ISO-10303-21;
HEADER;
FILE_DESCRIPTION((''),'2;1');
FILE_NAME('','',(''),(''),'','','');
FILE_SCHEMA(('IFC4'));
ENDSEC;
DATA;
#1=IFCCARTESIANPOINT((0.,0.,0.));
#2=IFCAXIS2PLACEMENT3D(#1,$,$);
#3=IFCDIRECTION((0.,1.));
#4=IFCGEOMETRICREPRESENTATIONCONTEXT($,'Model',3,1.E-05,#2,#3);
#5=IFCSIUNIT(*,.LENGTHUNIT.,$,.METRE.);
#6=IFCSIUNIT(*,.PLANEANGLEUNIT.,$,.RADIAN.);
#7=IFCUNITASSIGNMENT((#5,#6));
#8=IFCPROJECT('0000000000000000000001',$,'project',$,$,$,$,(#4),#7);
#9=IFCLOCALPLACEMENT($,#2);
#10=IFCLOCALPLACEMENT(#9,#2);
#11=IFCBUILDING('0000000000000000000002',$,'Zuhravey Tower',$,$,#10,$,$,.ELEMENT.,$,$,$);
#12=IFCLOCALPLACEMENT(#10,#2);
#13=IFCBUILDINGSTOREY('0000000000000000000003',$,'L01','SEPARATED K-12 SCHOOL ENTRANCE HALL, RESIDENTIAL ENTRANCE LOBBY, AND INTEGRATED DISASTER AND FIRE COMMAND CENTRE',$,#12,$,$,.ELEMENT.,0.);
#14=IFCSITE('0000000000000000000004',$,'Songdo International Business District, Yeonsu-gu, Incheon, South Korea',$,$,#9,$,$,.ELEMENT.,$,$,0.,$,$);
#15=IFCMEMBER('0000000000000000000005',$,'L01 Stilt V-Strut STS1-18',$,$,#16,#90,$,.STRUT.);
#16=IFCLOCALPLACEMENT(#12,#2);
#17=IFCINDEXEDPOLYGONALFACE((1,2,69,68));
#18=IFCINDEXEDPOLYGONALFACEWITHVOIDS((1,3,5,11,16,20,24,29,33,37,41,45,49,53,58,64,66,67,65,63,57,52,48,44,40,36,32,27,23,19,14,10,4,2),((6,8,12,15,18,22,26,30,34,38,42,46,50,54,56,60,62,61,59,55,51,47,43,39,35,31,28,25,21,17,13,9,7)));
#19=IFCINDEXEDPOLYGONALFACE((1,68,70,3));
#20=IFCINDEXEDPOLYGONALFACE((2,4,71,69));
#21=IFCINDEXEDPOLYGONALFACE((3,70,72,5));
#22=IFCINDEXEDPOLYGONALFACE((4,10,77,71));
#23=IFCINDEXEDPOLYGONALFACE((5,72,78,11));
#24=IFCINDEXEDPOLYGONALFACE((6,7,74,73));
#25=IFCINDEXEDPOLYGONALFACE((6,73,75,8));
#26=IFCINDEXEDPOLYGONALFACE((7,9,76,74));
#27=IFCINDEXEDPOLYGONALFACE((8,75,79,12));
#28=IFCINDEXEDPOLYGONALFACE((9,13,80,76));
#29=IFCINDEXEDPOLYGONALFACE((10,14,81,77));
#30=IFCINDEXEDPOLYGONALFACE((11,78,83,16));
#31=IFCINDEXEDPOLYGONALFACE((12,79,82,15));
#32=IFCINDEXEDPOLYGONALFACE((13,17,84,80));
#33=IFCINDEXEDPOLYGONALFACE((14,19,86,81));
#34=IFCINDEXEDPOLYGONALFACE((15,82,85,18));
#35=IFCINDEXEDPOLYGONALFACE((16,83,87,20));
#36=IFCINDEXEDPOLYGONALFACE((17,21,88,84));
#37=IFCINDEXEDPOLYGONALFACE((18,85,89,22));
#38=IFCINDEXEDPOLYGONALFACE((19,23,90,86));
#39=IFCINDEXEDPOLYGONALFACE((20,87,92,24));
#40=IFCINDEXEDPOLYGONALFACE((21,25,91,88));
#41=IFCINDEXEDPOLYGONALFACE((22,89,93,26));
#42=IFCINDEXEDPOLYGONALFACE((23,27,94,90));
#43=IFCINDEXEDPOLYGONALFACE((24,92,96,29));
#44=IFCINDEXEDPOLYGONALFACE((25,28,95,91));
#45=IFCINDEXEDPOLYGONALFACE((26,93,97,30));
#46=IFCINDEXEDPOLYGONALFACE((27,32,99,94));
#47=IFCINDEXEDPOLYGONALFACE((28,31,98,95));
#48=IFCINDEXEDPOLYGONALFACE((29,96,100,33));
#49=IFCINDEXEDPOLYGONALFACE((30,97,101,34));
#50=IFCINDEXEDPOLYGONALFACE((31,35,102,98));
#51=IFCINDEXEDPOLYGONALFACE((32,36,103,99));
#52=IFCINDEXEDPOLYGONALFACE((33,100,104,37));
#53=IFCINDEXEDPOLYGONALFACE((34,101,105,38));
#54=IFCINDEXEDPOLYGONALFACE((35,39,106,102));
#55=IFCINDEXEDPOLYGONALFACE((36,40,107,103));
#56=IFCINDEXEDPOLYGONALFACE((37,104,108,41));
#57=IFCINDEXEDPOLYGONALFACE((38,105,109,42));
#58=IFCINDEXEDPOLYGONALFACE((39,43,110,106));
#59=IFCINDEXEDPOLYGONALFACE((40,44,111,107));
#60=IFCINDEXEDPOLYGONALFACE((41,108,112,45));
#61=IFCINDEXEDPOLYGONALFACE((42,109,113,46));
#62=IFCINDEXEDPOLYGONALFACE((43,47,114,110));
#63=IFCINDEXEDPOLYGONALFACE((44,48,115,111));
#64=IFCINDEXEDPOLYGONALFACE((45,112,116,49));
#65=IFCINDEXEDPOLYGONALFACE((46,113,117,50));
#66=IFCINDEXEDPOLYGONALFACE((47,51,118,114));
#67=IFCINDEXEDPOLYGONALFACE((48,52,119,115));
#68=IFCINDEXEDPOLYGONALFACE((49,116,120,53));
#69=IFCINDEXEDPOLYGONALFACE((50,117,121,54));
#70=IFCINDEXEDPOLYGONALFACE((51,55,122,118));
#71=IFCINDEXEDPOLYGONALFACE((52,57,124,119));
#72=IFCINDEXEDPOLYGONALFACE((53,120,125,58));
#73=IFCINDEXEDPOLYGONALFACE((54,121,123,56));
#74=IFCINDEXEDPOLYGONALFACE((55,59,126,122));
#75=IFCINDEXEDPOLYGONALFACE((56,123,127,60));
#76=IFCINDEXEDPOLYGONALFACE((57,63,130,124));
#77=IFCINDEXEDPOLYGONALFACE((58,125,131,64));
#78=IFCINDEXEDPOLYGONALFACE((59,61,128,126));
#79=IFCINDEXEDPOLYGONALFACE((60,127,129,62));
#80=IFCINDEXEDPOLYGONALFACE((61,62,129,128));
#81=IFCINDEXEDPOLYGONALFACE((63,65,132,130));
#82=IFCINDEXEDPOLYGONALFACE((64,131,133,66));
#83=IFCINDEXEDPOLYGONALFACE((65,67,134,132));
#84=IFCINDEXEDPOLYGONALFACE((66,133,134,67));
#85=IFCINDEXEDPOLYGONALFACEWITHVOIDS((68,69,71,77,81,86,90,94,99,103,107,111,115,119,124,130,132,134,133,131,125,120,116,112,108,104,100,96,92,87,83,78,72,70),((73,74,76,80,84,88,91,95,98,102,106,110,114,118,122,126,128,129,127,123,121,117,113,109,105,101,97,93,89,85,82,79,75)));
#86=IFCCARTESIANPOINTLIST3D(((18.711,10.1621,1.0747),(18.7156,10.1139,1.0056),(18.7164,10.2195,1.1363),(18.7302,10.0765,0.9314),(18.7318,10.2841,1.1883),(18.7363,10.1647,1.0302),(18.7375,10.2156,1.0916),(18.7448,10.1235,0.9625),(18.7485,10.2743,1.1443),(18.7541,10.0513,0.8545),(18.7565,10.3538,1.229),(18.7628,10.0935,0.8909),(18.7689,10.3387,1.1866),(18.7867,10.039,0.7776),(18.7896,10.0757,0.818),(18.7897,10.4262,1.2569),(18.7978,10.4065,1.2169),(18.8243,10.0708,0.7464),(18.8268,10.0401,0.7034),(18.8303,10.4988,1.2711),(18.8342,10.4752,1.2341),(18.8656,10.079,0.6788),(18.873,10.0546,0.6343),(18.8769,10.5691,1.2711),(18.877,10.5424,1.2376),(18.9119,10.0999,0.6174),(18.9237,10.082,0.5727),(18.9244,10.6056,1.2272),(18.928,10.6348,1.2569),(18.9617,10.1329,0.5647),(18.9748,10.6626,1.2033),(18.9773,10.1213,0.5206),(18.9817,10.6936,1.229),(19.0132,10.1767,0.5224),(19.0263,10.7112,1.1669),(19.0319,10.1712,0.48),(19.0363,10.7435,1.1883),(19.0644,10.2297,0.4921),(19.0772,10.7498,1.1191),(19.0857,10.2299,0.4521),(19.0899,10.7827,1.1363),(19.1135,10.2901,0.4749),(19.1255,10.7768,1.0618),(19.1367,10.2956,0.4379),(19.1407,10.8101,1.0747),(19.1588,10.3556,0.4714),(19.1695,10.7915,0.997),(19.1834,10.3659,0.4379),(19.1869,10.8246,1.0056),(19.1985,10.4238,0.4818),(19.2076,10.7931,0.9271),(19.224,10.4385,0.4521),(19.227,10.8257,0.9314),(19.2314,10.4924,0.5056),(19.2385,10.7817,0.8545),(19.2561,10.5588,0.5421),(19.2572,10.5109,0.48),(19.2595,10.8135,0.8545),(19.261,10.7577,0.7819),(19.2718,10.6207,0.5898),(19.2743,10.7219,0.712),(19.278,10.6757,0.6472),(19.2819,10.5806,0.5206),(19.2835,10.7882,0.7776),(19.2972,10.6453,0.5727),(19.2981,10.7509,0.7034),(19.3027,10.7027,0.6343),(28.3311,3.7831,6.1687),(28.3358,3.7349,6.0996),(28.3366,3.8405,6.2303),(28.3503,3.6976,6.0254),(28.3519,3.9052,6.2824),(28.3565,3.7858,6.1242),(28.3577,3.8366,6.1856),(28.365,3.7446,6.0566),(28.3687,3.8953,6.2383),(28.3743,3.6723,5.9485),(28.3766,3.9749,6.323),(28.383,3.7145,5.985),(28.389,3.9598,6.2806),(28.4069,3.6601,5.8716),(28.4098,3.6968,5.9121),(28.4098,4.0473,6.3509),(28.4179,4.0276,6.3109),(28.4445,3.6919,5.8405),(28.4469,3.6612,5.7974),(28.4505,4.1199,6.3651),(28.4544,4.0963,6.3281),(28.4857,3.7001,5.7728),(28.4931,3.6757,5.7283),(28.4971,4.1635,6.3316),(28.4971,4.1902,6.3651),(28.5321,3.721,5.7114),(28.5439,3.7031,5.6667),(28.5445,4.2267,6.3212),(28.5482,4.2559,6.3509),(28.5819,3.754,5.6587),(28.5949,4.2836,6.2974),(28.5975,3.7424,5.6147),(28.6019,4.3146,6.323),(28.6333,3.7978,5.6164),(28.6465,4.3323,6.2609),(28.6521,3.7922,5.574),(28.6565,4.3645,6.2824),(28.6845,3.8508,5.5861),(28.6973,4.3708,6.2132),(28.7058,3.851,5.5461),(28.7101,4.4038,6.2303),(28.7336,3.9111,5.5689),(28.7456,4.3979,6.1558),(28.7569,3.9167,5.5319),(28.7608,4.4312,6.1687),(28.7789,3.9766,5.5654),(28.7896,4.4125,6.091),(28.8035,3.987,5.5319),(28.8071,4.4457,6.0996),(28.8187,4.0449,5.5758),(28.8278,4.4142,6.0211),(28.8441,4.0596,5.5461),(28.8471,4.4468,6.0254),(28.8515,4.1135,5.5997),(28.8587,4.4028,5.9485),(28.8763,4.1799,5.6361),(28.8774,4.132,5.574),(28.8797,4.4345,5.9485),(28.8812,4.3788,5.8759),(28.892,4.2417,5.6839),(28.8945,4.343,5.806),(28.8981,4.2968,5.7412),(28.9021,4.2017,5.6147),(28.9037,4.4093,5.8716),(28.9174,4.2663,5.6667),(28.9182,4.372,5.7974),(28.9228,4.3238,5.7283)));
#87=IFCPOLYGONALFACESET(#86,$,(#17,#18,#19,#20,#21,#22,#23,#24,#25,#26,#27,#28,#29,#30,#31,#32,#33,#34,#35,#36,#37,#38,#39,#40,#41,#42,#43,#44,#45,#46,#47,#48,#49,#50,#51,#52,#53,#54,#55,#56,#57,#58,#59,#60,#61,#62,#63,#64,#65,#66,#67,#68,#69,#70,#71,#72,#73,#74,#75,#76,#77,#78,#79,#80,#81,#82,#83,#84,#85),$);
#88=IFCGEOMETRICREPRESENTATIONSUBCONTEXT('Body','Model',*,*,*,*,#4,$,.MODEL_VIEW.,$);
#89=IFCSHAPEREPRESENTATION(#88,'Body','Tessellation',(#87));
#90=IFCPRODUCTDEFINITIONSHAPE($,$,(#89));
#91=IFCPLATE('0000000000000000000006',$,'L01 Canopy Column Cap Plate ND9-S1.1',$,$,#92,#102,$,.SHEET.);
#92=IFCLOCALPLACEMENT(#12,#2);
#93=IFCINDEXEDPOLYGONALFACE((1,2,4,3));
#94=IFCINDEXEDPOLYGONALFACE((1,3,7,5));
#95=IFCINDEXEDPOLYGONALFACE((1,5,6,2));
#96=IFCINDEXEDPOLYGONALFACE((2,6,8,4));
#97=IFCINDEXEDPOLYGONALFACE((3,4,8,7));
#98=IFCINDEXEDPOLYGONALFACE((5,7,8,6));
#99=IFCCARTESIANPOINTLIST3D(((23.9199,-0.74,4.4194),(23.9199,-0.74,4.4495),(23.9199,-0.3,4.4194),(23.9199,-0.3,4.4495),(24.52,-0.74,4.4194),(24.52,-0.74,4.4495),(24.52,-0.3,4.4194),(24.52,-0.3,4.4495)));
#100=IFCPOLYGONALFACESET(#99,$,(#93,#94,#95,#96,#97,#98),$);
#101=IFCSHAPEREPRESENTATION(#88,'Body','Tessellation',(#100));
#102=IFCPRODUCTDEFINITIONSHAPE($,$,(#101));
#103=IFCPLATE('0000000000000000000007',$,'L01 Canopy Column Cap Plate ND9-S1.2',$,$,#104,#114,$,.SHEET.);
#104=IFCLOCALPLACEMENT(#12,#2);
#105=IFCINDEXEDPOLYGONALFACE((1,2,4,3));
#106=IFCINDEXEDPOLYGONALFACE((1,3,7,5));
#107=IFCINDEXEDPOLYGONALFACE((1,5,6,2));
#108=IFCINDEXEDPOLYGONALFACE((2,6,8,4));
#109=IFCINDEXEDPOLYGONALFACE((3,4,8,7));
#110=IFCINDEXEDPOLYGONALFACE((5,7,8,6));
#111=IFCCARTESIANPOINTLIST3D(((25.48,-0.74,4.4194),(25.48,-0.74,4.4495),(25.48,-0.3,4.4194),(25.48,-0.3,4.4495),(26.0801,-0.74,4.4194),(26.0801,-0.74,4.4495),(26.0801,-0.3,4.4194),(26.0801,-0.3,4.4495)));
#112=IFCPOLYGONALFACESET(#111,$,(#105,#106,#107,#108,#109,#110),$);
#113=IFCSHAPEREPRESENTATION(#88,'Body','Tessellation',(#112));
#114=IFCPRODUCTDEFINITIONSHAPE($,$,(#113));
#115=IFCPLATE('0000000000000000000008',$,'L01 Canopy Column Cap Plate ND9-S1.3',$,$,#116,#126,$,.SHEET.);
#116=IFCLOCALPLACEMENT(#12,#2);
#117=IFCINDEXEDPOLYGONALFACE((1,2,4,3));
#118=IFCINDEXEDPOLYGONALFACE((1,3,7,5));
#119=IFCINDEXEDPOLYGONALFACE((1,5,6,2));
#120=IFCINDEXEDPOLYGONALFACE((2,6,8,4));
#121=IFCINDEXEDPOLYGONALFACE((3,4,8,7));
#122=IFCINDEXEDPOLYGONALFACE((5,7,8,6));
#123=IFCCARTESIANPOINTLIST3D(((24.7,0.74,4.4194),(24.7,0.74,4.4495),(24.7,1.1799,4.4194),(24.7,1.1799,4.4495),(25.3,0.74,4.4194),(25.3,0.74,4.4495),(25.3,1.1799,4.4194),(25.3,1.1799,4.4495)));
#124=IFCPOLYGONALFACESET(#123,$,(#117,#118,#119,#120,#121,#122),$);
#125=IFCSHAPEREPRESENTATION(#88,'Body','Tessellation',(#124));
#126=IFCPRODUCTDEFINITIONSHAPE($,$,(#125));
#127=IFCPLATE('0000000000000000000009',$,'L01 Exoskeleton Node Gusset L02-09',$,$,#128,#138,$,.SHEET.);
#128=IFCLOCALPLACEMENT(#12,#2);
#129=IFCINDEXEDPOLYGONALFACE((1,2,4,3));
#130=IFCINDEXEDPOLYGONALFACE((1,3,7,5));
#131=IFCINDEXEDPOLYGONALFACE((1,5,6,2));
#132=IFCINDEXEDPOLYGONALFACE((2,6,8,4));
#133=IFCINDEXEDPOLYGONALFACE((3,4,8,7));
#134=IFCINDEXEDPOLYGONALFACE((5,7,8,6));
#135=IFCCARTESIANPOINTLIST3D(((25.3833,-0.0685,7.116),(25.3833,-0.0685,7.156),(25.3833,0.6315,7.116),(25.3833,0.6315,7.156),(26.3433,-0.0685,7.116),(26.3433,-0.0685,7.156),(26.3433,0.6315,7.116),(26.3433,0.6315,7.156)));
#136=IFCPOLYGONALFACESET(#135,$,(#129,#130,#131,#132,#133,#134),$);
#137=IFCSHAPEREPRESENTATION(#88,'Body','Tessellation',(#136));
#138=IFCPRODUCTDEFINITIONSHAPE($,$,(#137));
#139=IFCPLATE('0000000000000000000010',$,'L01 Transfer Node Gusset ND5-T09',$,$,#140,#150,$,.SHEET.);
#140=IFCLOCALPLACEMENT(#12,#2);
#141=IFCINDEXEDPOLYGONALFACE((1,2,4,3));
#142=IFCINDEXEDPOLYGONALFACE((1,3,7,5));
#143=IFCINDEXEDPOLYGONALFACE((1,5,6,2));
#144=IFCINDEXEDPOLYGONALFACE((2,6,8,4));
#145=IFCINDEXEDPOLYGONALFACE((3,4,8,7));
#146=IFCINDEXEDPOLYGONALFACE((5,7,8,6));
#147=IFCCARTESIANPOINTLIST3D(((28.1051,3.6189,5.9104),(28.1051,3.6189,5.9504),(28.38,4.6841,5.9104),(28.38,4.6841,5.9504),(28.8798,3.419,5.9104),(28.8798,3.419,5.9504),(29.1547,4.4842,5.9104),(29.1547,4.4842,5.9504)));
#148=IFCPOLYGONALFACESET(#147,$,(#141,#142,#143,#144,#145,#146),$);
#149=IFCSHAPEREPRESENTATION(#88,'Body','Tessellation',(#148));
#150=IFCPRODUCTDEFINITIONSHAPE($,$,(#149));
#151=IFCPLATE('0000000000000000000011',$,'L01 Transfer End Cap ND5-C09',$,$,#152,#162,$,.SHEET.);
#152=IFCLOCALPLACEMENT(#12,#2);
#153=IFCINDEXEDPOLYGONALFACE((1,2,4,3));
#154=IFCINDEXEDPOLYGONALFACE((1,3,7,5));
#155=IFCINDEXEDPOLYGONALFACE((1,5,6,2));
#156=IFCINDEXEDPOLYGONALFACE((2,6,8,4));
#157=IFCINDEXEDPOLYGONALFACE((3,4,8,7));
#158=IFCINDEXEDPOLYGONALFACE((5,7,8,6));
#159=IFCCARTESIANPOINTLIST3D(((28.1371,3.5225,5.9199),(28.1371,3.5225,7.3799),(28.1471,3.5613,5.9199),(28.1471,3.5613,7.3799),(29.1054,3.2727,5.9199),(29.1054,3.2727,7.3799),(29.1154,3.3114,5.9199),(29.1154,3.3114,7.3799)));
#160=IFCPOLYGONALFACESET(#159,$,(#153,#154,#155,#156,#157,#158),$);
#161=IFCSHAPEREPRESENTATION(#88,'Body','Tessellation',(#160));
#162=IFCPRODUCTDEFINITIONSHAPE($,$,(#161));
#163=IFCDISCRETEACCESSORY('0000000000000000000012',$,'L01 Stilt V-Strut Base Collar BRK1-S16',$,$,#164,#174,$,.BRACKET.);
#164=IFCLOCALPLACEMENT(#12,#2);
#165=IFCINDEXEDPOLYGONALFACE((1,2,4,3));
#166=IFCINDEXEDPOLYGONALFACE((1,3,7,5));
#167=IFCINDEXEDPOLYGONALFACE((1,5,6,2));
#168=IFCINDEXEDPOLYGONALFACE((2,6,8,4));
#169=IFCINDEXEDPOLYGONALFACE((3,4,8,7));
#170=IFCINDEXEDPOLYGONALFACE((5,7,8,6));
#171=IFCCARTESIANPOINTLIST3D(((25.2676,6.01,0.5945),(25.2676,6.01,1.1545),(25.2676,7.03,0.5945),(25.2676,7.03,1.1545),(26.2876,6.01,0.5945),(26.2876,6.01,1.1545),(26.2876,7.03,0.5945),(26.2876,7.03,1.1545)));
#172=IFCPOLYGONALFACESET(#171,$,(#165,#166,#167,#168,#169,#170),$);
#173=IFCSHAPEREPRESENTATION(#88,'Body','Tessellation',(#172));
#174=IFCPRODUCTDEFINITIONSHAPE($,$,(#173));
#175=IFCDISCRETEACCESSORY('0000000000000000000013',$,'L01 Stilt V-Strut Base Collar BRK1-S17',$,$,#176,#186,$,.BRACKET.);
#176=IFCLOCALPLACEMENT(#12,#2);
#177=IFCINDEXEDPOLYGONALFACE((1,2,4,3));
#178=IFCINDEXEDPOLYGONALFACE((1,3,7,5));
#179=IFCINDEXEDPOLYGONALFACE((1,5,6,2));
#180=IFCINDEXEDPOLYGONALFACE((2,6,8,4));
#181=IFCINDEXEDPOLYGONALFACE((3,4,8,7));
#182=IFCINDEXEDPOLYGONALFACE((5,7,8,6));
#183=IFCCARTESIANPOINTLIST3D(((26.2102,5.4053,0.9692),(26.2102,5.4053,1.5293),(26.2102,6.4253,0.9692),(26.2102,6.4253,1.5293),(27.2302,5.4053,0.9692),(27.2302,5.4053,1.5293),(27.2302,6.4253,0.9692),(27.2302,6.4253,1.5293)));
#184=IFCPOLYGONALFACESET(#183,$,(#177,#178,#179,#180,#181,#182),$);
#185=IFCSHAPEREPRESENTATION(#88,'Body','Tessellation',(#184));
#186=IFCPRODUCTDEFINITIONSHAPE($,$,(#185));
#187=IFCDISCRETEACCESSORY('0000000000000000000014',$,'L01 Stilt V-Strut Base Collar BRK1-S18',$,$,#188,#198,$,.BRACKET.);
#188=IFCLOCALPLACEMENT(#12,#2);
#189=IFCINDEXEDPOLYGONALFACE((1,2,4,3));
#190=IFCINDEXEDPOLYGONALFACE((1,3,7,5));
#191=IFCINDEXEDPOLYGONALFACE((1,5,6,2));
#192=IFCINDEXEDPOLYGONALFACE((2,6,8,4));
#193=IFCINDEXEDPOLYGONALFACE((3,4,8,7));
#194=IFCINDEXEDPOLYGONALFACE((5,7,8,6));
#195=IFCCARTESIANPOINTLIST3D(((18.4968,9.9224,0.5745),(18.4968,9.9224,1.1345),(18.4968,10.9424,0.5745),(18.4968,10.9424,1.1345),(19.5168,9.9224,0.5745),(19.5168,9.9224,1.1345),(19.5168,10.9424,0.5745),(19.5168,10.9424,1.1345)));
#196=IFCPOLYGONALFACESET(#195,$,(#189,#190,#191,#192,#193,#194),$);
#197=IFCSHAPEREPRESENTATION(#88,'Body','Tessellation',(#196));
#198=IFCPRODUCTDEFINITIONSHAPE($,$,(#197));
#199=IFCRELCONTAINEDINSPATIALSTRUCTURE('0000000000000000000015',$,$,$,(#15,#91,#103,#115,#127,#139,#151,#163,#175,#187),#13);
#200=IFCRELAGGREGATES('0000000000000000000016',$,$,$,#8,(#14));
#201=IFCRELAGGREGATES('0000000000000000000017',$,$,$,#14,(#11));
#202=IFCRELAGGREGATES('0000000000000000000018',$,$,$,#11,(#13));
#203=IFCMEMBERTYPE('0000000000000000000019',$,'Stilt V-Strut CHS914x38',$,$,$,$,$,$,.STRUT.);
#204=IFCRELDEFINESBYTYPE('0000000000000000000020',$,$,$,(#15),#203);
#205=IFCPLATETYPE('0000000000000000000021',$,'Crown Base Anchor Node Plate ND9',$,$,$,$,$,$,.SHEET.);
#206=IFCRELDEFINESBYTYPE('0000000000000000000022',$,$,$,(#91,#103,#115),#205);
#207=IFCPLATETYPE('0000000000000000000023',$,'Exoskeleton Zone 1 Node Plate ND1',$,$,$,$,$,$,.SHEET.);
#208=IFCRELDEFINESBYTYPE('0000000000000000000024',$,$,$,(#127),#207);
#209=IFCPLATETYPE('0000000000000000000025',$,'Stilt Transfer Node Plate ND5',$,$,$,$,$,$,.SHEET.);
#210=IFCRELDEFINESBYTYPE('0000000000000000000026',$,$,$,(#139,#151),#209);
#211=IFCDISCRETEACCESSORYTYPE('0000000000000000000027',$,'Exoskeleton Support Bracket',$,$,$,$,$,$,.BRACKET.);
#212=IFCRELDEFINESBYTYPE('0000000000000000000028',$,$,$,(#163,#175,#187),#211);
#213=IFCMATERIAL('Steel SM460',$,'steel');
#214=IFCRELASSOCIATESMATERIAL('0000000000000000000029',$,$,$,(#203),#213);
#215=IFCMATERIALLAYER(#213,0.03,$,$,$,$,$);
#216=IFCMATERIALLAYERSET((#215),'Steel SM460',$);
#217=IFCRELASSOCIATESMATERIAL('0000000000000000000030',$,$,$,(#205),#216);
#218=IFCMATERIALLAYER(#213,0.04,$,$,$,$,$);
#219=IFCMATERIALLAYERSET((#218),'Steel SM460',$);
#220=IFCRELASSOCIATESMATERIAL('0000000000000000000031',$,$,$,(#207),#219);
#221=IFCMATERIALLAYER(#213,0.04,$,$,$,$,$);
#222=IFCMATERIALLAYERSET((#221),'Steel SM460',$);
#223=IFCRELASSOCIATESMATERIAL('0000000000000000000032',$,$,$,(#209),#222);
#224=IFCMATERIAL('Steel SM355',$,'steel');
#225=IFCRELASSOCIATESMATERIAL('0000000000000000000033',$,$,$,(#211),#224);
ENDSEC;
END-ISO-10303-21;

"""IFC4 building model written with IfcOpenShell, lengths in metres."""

from ifc_helpers import new_model, si_unit, direction, frame, origin, origin_2d, place, context, subcontext, project, spatial, rectangle, hollow_circle, extrude, material, layer, layer_set, material_profile, profile_set, type_object, element, save


model = new_model("IFC4")

# Units and contexts
model_context = context("Model", 3, precision=1e-05, world=origin(), true_north=direction((0.0, 1.0)))
body_context = subcontext(model_context, "Body", "Model", "MODEL_VIEW")
ifc_project = project(units=[si_unit("LENGTHUNIT", "METRE"), si_unit("PLANEANGLEUNIT", "RADIAN")], contexts=[model_context])

# Site, building, storey
site_placement = place(None, origin())
site = spatial("IfcSite", under=ifc_project, at=site_placement, Name="Songdo International Business District, Yeonsu-gu, Incheon, South Korea", CompositionType="ELEMENT", RefElevation=0.0)
building_placement = place(site_placement, origin())
building = spatial("IfcBuilding", under=site, at=building_placement, Name="Zuhravey Tower", CompositionType="ELEMENT")
storey_placement = place(building_placement, origin())
storey = spatial("IfcBuildingStorey", under=building, at=storey_placement, Name="L01", Description="SEPARATED K-12 SCHOOL ENTRANCE HALL, RESIDENTIAL ENTRANCE LOBBY, AND INTEGRATED DISASTER AND FIRE COMMAND CENTRE", CompositionType="ELEMENT", Elevation=0.0)

# Shared definitions
ifc_material_1 = material(Name="Steel SM355", Category="steel")

# Shared definitions
ifc_material_2 = material(Name="Steel SM460", Category="steel")

# Member
ifc_material_profile_1 = material_profile(ifc_material_2, hollow_circle(Radius=0.4573, WallThickness=0.0381, at=origin_2d()), Name="CHS-914.4x38")
ifc_profile_set_1 = profile_set([ifc_material_profile_1], Name="Steel SM460")
member_type = type_object("IfcMemberType", Name="Stilt V-Strut CHS914x38", PredefinedType="STRUT", material=ifc_profile_set_1)
member_1_placement = place(storey_placement, frame((19.0068, 10.4324, 0.8545), z_axis=(0.762479, -0.505585, 0.403744), x_axis=(0.552629, 0.833427, 0.0)))
element("IfcMember", 1, at=member_1_placement, inside=storey, type_object=member_type, Name="L01 Stilt V-Strut STS1-18", PredefinedType="STRUT", context=body_context, shape_type="SweptSolid", body=[
    extrude(hollow_circle(Radius=0.4573, WallThickness=0.0381, at=origin_2d()), origin(), (0.0, 0.0, 1.0), 12.6169),
])

# Plates
ifc_layer_1 = layer(ifc_material_2, 0.03)
ifc_layer_set_1 = layer_set([ifc_layer_1], Name="Steel SM460")
plate_type_1 = type_object("IfcPlateType", Name="Crown Base Anchor Node Plate ND9", PredefinedType="SHEET", material=ifc_layer_set_1)
for number, where, z_axis, x_axis, name in (
    (2, (24.22, -0.52, 4.4194), (0.0, 0.0, 1.0), (1.0, 0.0, 0.0), "L01 Canopy Column Cap Plate ND9-S1.1"),
    (3, (25.78, -0.52, 4.4194), (0.0, 0.0, 1.0), (1.0, 0.0, 0.0), "L01 Canopy Column Cap Plate ND9-S1.2"),
    (4, (25.0, 0.96, 4.4194), (0.0, 0.0, 1.0), (1.0, 0.0, 0.0), "L01 Canopy Column Cap Plate ND9-S1.3"),
):
    element("IfcPlate", number, at=place(storey_placement, frame(where, z_axis=z_axis, x_axis=x_axis)), inside=storey, type_object=plate_type_1, Name=name, PredefinedType="SHEET", context=body_context, shape_type="SweptSolid", body=[
        extrude(rectangle(XDim=0.6001, YDim=0.4399, at=origin_2d()), origin(), (0.0, 0.0, 1.0), 0.03),
    ])
ifc_layer_2 = layer(ifc_material_2, 0.04)
ifc_layer_set_2 = layer_set([ifc_layer_2], Name="Steel SM460")
plate_type_2 = type_object("IfcPlateType", Name="Exoskeleton Zone 1 Node Plate ND1", PredefinedType="SHEET", material=ifc_layer_set_2)
plate_1_placement = place(storey_placement, frame((25.8633, 0.2815, 7.116), z_axis=(0.0, 0.0, 1.0), x_axis=(1.0, 0.0, 0.0)))
element("IfcPlate", 5, at=plate_1_placement, inside=storey, type_object=plate_type_2, Name="L01 Exoskeleton Node Gusset L02-09", PredefinedType="SHEET", context=body_context, shape_type="SweptSolid", body=[
    extrude(rectangle(XDim=0.96, YDim=0.7, at=origin_2d()), origin(), (0.0, 0.0, 1.0), 0.04),
])
ifc_layer_3 = layer(ifc_material_2, 0.04)
ifc_layer_set_3 = layer_set([ifc_layer_3], Name="Steel SM460")
plate_type_3 = type_object("IfcPlateType", Name="Stilt Transfer Node Plate ND5", PredefinedType="SHEET", material=ifc_layer_set_3)
plate_2_placement = place(storey_placement, frame((28.6299, 4.0515, 5.9104), z_axis=(0.0, 0.0, 1.0), x_axis=(-0.249873, -0.968279, 0.0)))
element("IfcPlate", 6, at=plate_2_placement, inside=storey, type_object=plate_type_3, Name="L01 Transfer Node Gusset ND5-T09", PredefinedType="SHEET", context=body_context, shape_type="SweptSolid", body=[
    extrude(rectangle(XDim=1.1001, YDim=0.8, at=origin_2d()), origin(), (0.0, 0.0, 1.0), 0.04),
])
plate_3_placement = place(storey_placement, frame((28.6262, 3.417, 5.9199), z_axis=(0.0, 0.0, 1.0), x_axis=(-0.249873, -0.968279, 0.0)))
element("IfcPlate", 7, at=plate_3_placement, inside=storey, type_object=plate_type_3, Name="L01 Transfer End Cap ND5-C09", PredefinedType="SHEET", context=body_context, shape_type="SweptSolid", body=[
    extrude(rectangle(XDim=0.04, YDim=1.0, at=origin_2d()), origin(), (0.0, 0.0, 1.0), 1.46),
])

# Discrete accessories
discrete_accessory_type = type_object("IfcDiscreteAccessoryType", Name="Exoskeleton Support Bracket", PredefinedType="BRACKET", material=ifc_material_1)
for number, where, z_axis, x_axis, name in (
    (8, (25.7776, 6.52, 0.5945), (0.0, 0.0, 1.0), (1.0, 0.0, 0.0), "L01 Stilt V-Strut Base Collar BRK1-S16"),
    (9, (26.7202, 5.9153, 0.9692), (0.0, 0.0, 1.0), (1.0, 0.0, 0.0), "L01 Stilt V-Strut Base Collar BRK1-S17"),
    (10, (19.0068, 10.4324, 0.5745), (0.0, 0.0, 1.0), (1.0, 0.0, 0.0), "L01 Stilt V-Strut Base Collar BRK1-S18"),
):
    element("IfcDiscreteAccessory", number, at=place(storey_placement, frame(where, z_axis=z_axis, x_axis=x_axis)), inside=storey, type_object=discrete_accessory_type, Name=name, PredefinedType="BRACKET", context=body_context, shape_type="SweptSolid", body=[
        extrude(rectangle(XDim=1.02, YDim=1.02, at=origin_2d()), origin(), (0.0, 0.0, 1.0), 0.5601),
    ])

save(model, "model.ifc")
